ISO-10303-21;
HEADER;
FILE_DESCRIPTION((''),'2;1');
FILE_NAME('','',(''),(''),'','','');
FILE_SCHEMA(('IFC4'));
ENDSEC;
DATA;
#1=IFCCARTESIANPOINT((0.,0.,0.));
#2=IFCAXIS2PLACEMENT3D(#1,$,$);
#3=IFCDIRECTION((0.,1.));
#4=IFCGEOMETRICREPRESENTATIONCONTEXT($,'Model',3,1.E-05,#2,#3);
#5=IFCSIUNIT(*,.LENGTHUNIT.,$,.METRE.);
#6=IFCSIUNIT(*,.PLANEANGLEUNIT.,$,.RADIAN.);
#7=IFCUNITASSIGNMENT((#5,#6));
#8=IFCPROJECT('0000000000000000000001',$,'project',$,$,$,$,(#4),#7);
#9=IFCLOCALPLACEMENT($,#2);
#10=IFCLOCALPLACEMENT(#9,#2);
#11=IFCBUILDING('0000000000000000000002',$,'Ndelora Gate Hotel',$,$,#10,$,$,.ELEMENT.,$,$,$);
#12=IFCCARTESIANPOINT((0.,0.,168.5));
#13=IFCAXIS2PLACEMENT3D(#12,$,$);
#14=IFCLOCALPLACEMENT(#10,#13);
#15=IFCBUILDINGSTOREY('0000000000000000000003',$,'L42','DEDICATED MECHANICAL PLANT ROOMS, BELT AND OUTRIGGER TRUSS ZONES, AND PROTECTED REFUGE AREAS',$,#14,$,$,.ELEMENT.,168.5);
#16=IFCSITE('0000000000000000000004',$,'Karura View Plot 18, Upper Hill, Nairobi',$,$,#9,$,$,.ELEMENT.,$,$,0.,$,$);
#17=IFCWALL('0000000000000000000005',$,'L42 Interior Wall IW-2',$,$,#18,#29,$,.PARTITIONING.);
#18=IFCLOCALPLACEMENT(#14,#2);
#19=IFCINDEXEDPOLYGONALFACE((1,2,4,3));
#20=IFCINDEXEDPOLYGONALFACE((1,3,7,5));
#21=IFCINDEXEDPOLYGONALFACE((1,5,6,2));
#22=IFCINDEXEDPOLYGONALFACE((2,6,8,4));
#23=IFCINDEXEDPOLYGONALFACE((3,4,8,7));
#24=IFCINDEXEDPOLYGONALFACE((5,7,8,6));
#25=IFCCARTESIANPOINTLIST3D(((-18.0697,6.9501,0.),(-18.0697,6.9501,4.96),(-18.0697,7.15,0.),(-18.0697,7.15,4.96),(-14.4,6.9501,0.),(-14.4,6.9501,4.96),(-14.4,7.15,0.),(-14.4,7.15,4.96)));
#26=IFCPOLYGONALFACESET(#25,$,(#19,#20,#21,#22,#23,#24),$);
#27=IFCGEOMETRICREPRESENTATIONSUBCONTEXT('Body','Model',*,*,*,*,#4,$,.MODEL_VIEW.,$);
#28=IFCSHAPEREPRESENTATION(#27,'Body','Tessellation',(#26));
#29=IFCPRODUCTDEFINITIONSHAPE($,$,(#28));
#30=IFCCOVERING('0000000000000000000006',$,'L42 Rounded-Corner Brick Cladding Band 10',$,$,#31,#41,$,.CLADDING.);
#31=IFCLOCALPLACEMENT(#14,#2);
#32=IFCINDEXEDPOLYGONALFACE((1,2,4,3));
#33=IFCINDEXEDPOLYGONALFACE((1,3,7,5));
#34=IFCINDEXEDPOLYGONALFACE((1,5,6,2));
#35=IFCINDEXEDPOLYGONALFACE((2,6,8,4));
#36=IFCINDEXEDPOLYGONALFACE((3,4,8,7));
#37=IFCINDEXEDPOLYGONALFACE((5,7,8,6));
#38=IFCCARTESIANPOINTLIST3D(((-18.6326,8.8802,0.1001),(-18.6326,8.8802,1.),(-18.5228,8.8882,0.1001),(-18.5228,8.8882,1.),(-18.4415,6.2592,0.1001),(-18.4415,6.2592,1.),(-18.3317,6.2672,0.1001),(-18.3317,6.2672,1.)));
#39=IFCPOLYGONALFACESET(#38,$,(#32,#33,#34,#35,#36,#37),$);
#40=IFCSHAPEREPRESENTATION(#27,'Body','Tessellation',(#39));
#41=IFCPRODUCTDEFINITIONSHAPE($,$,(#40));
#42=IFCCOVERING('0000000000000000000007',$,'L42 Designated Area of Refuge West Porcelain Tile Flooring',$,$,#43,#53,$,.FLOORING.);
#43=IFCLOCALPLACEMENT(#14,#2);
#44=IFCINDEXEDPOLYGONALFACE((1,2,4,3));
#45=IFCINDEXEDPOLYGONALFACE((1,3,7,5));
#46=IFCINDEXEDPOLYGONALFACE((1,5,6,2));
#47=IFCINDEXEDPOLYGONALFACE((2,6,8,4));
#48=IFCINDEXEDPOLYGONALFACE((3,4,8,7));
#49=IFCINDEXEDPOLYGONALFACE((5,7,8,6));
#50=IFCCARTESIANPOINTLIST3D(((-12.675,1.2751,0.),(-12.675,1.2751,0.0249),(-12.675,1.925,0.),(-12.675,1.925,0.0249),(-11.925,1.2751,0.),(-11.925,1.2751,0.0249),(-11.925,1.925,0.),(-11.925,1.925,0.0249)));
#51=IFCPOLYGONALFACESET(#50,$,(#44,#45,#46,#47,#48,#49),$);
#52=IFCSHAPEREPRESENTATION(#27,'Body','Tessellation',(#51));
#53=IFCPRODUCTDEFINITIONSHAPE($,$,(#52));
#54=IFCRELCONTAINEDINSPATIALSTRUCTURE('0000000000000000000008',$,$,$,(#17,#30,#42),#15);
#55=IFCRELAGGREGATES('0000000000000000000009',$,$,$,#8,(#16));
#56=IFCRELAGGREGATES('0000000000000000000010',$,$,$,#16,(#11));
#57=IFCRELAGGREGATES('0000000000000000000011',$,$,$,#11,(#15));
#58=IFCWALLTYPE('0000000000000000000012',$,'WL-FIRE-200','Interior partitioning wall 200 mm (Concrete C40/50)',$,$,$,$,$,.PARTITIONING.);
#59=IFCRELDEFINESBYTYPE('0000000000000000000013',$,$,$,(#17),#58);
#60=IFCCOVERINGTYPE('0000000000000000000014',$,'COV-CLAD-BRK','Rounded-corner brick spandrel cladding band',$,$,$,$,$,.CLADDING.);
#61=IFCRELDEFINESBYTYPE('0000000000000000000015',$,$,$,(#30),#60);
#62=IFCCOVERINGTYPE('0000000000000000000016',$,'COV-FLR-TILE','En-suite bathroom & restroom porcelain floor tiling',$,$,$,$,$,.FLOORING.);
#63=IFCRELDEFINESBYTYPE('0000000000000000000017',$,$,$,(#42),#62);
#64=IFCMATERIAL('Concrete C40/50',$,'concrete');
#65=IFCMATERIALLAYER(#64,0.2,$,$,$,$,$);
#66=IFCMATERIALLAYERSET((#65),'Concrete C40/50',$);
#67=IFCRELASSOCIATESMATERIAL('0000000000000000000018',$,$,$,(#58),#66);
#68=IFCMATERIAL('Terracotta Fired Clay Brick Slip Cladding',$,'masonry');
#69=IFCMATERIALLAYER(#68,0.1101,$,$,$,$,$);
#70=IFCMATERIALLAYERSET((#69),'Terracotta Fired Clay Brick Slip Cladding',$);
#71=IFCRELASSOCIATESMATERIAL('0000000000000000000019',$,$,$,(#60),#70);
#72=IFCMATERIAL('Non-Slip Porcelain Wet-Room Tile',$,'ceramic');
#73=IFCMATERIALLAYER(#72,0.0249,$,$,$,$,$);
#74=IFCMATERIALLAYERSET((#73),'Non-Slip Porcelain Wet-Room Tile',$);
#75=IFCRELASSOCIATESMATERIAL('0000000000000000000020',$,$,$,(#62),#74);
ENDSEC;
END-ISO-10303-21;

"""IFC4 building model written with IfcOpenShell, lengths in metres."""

from ifc_helpers import new_model, si_unit, direction, frame, frame_2d, origin, origin_2d, place, context, subcontext, project, spatial, rectangle, extrude, material, layer, layer_set, type_object, element, save


model = new_model("IFC4")

# Units and contexts
model_context = context("Model", 3, precision=1e-05, world=origin(), true_north=direction((0.0, 1.0)))
body_context = subcontext(model_context, "Body", "Model", "MODEL_VIEW")
ifc_project = project(units=[si_unit("LENGTHUNIT", "METRE"), si_unit("PLANEANGLEUNIT", "RADIAN")], contexts=[model_context])

# Site, building, storey
site_placement = place(None, origin())
site = spatial("IfcSite", under=ifc_project, at=site_placement, Name="Karura View Plot 18, Upper Hill, Nairobi", CompositionType="ELEMENT", RefElevation=0.0)
building_placement = place(site_placement, origin())
building = spatial("IfcBuilding", under=site, at=building_placement, Name="Ndelora Gate Hotel", CompositionType="ELEMENT")
storey_placement = place(building_placement, frame((0.0, 0.0, 168.5)))
storey = spatial("IfcBuildingStorey", under=building, at=storey_placement, Name="L42", Description="DEDICATED MECHANICAL PLANT ROOMS, BELT AND OUTRIGGER TRUSS ZONES, AND PROTECTED REFUGE AREAS", CompositionType="ELEMENT", Elevation=168.5)

# Shared definitions
ifc_material_1 = material(Name="Concrete C40/50", Category="concrete")
ifc_layer_1 = layer(ifc_material_1, 0.2)
ifc_layer_set_1 = layer_set([ifc_layer_1], Name="Concrete C40/50")
wall_type_1 = type_object("IfcWallType", Name="WL-FIRE-200", Description="Interior partitioning wall 200 mm (Concrete C40/50)", PredefinedType="PARTITIONING", material=ifc_layer_set_1)

# Wall
wall_1_placement = place(storey_placement, frame((-14.3999, 7.05, 0.0), z_axis=(0.0, 0.0, 1.0), x_axis=(-1.0, 0.0, 0.0)))
element("IfcWall", 1, at=wall_1_placement, inside=storey, type_object=wall_type_1, Name="L42 Interior Wall IW-2", PredefinedType="PARTITIONING", context=body_context, shape_type="SweptSolid", body=[
    extrude(rectangle(XDim=3.6697, YDim=0.2, at=frame_2d((1.835, 0.0))), origin(), (0.0, 0.0, 1.0), 4.96),
])

# Coverings
ifc_material_2 = material(Name="Terracotta Fired Clay Brick Slip Cladding", Category="masonry")
ifc_layer_2 = layer(ifc_material_2, 0.1101)
ifc_layer_set_2 = layer_set([ifc_layer_2], Name="Terracotta Fired Clay Brick Slip Cladding")
covering_type_1 = type_object("IfcCoveringType", Name="COV-CLAD-BRK", Description="Rounded-corner brick spandrel cladding band", PredefinedType="CLADDING", material=ifc_layer_set_2)
covering_1_placement = place(storey_placement, frame((-18.4822, 7.5737, 0.1001), z_axis=(0.0, 0.0, 1.0), x_axis=(-0.072716, 0.997353, 0.0)))
element("IfcCovering", 2, at=covering_1_placement, inside=storey, type_object=covering_type_1, Name="L42 Rounded-Corner Brick Cladding Band 10", PredefinedType="CLADDING", context=body_context, shape_type="SweptSolid", body=[
    extrude(rectangle(XDim=2.6279, YDim=0.1101, at=origin_2d()), origin(), (0.0, 0.0, 1.0), 0.8999),
])
ifc_material_3 = material(Name="Non-Slip Porcelain Wet-Room Tile", Category="ceramic")
ifc_layer_3 = layer(ifc_material_3, 0.0249)
ifc_layer_set_3 = layer_set([ifc_layer_3], Name="Non-Slip Porcelain Wet-Room Tile")
covering_type_2 = type_object("IfcCoveringType", Name="COV-FLR-TILE", Description="En-suite bathroom & restroom porcelain floor tiling", PredefinedType="FLOORING", material=ifc_layer_set_3)
covering_2_placement = place(storey_placement, frame((-12.3, 1.6001, 0.0), z_axis=(0.0, 0.0, 1.0), x_axis=(1.0, 0.0, 0.0)))
element("IfcCovering", 3, at=covering_2_placement, inside=storey, type_object=covering_type_2, Name="L42 Designated Area of Refuge West Porcelain Tile Flooring", PredefinedType="FLOORING", context=body_context, shape_type="SweptSolid", body=[
    extrude(rectangle(XDim=0.75, YDim=0.6499, at=origin_2d()), origin(), (0.0, 0.0, 1.0), 0.0249),
])

save(model, "model.ifc")
